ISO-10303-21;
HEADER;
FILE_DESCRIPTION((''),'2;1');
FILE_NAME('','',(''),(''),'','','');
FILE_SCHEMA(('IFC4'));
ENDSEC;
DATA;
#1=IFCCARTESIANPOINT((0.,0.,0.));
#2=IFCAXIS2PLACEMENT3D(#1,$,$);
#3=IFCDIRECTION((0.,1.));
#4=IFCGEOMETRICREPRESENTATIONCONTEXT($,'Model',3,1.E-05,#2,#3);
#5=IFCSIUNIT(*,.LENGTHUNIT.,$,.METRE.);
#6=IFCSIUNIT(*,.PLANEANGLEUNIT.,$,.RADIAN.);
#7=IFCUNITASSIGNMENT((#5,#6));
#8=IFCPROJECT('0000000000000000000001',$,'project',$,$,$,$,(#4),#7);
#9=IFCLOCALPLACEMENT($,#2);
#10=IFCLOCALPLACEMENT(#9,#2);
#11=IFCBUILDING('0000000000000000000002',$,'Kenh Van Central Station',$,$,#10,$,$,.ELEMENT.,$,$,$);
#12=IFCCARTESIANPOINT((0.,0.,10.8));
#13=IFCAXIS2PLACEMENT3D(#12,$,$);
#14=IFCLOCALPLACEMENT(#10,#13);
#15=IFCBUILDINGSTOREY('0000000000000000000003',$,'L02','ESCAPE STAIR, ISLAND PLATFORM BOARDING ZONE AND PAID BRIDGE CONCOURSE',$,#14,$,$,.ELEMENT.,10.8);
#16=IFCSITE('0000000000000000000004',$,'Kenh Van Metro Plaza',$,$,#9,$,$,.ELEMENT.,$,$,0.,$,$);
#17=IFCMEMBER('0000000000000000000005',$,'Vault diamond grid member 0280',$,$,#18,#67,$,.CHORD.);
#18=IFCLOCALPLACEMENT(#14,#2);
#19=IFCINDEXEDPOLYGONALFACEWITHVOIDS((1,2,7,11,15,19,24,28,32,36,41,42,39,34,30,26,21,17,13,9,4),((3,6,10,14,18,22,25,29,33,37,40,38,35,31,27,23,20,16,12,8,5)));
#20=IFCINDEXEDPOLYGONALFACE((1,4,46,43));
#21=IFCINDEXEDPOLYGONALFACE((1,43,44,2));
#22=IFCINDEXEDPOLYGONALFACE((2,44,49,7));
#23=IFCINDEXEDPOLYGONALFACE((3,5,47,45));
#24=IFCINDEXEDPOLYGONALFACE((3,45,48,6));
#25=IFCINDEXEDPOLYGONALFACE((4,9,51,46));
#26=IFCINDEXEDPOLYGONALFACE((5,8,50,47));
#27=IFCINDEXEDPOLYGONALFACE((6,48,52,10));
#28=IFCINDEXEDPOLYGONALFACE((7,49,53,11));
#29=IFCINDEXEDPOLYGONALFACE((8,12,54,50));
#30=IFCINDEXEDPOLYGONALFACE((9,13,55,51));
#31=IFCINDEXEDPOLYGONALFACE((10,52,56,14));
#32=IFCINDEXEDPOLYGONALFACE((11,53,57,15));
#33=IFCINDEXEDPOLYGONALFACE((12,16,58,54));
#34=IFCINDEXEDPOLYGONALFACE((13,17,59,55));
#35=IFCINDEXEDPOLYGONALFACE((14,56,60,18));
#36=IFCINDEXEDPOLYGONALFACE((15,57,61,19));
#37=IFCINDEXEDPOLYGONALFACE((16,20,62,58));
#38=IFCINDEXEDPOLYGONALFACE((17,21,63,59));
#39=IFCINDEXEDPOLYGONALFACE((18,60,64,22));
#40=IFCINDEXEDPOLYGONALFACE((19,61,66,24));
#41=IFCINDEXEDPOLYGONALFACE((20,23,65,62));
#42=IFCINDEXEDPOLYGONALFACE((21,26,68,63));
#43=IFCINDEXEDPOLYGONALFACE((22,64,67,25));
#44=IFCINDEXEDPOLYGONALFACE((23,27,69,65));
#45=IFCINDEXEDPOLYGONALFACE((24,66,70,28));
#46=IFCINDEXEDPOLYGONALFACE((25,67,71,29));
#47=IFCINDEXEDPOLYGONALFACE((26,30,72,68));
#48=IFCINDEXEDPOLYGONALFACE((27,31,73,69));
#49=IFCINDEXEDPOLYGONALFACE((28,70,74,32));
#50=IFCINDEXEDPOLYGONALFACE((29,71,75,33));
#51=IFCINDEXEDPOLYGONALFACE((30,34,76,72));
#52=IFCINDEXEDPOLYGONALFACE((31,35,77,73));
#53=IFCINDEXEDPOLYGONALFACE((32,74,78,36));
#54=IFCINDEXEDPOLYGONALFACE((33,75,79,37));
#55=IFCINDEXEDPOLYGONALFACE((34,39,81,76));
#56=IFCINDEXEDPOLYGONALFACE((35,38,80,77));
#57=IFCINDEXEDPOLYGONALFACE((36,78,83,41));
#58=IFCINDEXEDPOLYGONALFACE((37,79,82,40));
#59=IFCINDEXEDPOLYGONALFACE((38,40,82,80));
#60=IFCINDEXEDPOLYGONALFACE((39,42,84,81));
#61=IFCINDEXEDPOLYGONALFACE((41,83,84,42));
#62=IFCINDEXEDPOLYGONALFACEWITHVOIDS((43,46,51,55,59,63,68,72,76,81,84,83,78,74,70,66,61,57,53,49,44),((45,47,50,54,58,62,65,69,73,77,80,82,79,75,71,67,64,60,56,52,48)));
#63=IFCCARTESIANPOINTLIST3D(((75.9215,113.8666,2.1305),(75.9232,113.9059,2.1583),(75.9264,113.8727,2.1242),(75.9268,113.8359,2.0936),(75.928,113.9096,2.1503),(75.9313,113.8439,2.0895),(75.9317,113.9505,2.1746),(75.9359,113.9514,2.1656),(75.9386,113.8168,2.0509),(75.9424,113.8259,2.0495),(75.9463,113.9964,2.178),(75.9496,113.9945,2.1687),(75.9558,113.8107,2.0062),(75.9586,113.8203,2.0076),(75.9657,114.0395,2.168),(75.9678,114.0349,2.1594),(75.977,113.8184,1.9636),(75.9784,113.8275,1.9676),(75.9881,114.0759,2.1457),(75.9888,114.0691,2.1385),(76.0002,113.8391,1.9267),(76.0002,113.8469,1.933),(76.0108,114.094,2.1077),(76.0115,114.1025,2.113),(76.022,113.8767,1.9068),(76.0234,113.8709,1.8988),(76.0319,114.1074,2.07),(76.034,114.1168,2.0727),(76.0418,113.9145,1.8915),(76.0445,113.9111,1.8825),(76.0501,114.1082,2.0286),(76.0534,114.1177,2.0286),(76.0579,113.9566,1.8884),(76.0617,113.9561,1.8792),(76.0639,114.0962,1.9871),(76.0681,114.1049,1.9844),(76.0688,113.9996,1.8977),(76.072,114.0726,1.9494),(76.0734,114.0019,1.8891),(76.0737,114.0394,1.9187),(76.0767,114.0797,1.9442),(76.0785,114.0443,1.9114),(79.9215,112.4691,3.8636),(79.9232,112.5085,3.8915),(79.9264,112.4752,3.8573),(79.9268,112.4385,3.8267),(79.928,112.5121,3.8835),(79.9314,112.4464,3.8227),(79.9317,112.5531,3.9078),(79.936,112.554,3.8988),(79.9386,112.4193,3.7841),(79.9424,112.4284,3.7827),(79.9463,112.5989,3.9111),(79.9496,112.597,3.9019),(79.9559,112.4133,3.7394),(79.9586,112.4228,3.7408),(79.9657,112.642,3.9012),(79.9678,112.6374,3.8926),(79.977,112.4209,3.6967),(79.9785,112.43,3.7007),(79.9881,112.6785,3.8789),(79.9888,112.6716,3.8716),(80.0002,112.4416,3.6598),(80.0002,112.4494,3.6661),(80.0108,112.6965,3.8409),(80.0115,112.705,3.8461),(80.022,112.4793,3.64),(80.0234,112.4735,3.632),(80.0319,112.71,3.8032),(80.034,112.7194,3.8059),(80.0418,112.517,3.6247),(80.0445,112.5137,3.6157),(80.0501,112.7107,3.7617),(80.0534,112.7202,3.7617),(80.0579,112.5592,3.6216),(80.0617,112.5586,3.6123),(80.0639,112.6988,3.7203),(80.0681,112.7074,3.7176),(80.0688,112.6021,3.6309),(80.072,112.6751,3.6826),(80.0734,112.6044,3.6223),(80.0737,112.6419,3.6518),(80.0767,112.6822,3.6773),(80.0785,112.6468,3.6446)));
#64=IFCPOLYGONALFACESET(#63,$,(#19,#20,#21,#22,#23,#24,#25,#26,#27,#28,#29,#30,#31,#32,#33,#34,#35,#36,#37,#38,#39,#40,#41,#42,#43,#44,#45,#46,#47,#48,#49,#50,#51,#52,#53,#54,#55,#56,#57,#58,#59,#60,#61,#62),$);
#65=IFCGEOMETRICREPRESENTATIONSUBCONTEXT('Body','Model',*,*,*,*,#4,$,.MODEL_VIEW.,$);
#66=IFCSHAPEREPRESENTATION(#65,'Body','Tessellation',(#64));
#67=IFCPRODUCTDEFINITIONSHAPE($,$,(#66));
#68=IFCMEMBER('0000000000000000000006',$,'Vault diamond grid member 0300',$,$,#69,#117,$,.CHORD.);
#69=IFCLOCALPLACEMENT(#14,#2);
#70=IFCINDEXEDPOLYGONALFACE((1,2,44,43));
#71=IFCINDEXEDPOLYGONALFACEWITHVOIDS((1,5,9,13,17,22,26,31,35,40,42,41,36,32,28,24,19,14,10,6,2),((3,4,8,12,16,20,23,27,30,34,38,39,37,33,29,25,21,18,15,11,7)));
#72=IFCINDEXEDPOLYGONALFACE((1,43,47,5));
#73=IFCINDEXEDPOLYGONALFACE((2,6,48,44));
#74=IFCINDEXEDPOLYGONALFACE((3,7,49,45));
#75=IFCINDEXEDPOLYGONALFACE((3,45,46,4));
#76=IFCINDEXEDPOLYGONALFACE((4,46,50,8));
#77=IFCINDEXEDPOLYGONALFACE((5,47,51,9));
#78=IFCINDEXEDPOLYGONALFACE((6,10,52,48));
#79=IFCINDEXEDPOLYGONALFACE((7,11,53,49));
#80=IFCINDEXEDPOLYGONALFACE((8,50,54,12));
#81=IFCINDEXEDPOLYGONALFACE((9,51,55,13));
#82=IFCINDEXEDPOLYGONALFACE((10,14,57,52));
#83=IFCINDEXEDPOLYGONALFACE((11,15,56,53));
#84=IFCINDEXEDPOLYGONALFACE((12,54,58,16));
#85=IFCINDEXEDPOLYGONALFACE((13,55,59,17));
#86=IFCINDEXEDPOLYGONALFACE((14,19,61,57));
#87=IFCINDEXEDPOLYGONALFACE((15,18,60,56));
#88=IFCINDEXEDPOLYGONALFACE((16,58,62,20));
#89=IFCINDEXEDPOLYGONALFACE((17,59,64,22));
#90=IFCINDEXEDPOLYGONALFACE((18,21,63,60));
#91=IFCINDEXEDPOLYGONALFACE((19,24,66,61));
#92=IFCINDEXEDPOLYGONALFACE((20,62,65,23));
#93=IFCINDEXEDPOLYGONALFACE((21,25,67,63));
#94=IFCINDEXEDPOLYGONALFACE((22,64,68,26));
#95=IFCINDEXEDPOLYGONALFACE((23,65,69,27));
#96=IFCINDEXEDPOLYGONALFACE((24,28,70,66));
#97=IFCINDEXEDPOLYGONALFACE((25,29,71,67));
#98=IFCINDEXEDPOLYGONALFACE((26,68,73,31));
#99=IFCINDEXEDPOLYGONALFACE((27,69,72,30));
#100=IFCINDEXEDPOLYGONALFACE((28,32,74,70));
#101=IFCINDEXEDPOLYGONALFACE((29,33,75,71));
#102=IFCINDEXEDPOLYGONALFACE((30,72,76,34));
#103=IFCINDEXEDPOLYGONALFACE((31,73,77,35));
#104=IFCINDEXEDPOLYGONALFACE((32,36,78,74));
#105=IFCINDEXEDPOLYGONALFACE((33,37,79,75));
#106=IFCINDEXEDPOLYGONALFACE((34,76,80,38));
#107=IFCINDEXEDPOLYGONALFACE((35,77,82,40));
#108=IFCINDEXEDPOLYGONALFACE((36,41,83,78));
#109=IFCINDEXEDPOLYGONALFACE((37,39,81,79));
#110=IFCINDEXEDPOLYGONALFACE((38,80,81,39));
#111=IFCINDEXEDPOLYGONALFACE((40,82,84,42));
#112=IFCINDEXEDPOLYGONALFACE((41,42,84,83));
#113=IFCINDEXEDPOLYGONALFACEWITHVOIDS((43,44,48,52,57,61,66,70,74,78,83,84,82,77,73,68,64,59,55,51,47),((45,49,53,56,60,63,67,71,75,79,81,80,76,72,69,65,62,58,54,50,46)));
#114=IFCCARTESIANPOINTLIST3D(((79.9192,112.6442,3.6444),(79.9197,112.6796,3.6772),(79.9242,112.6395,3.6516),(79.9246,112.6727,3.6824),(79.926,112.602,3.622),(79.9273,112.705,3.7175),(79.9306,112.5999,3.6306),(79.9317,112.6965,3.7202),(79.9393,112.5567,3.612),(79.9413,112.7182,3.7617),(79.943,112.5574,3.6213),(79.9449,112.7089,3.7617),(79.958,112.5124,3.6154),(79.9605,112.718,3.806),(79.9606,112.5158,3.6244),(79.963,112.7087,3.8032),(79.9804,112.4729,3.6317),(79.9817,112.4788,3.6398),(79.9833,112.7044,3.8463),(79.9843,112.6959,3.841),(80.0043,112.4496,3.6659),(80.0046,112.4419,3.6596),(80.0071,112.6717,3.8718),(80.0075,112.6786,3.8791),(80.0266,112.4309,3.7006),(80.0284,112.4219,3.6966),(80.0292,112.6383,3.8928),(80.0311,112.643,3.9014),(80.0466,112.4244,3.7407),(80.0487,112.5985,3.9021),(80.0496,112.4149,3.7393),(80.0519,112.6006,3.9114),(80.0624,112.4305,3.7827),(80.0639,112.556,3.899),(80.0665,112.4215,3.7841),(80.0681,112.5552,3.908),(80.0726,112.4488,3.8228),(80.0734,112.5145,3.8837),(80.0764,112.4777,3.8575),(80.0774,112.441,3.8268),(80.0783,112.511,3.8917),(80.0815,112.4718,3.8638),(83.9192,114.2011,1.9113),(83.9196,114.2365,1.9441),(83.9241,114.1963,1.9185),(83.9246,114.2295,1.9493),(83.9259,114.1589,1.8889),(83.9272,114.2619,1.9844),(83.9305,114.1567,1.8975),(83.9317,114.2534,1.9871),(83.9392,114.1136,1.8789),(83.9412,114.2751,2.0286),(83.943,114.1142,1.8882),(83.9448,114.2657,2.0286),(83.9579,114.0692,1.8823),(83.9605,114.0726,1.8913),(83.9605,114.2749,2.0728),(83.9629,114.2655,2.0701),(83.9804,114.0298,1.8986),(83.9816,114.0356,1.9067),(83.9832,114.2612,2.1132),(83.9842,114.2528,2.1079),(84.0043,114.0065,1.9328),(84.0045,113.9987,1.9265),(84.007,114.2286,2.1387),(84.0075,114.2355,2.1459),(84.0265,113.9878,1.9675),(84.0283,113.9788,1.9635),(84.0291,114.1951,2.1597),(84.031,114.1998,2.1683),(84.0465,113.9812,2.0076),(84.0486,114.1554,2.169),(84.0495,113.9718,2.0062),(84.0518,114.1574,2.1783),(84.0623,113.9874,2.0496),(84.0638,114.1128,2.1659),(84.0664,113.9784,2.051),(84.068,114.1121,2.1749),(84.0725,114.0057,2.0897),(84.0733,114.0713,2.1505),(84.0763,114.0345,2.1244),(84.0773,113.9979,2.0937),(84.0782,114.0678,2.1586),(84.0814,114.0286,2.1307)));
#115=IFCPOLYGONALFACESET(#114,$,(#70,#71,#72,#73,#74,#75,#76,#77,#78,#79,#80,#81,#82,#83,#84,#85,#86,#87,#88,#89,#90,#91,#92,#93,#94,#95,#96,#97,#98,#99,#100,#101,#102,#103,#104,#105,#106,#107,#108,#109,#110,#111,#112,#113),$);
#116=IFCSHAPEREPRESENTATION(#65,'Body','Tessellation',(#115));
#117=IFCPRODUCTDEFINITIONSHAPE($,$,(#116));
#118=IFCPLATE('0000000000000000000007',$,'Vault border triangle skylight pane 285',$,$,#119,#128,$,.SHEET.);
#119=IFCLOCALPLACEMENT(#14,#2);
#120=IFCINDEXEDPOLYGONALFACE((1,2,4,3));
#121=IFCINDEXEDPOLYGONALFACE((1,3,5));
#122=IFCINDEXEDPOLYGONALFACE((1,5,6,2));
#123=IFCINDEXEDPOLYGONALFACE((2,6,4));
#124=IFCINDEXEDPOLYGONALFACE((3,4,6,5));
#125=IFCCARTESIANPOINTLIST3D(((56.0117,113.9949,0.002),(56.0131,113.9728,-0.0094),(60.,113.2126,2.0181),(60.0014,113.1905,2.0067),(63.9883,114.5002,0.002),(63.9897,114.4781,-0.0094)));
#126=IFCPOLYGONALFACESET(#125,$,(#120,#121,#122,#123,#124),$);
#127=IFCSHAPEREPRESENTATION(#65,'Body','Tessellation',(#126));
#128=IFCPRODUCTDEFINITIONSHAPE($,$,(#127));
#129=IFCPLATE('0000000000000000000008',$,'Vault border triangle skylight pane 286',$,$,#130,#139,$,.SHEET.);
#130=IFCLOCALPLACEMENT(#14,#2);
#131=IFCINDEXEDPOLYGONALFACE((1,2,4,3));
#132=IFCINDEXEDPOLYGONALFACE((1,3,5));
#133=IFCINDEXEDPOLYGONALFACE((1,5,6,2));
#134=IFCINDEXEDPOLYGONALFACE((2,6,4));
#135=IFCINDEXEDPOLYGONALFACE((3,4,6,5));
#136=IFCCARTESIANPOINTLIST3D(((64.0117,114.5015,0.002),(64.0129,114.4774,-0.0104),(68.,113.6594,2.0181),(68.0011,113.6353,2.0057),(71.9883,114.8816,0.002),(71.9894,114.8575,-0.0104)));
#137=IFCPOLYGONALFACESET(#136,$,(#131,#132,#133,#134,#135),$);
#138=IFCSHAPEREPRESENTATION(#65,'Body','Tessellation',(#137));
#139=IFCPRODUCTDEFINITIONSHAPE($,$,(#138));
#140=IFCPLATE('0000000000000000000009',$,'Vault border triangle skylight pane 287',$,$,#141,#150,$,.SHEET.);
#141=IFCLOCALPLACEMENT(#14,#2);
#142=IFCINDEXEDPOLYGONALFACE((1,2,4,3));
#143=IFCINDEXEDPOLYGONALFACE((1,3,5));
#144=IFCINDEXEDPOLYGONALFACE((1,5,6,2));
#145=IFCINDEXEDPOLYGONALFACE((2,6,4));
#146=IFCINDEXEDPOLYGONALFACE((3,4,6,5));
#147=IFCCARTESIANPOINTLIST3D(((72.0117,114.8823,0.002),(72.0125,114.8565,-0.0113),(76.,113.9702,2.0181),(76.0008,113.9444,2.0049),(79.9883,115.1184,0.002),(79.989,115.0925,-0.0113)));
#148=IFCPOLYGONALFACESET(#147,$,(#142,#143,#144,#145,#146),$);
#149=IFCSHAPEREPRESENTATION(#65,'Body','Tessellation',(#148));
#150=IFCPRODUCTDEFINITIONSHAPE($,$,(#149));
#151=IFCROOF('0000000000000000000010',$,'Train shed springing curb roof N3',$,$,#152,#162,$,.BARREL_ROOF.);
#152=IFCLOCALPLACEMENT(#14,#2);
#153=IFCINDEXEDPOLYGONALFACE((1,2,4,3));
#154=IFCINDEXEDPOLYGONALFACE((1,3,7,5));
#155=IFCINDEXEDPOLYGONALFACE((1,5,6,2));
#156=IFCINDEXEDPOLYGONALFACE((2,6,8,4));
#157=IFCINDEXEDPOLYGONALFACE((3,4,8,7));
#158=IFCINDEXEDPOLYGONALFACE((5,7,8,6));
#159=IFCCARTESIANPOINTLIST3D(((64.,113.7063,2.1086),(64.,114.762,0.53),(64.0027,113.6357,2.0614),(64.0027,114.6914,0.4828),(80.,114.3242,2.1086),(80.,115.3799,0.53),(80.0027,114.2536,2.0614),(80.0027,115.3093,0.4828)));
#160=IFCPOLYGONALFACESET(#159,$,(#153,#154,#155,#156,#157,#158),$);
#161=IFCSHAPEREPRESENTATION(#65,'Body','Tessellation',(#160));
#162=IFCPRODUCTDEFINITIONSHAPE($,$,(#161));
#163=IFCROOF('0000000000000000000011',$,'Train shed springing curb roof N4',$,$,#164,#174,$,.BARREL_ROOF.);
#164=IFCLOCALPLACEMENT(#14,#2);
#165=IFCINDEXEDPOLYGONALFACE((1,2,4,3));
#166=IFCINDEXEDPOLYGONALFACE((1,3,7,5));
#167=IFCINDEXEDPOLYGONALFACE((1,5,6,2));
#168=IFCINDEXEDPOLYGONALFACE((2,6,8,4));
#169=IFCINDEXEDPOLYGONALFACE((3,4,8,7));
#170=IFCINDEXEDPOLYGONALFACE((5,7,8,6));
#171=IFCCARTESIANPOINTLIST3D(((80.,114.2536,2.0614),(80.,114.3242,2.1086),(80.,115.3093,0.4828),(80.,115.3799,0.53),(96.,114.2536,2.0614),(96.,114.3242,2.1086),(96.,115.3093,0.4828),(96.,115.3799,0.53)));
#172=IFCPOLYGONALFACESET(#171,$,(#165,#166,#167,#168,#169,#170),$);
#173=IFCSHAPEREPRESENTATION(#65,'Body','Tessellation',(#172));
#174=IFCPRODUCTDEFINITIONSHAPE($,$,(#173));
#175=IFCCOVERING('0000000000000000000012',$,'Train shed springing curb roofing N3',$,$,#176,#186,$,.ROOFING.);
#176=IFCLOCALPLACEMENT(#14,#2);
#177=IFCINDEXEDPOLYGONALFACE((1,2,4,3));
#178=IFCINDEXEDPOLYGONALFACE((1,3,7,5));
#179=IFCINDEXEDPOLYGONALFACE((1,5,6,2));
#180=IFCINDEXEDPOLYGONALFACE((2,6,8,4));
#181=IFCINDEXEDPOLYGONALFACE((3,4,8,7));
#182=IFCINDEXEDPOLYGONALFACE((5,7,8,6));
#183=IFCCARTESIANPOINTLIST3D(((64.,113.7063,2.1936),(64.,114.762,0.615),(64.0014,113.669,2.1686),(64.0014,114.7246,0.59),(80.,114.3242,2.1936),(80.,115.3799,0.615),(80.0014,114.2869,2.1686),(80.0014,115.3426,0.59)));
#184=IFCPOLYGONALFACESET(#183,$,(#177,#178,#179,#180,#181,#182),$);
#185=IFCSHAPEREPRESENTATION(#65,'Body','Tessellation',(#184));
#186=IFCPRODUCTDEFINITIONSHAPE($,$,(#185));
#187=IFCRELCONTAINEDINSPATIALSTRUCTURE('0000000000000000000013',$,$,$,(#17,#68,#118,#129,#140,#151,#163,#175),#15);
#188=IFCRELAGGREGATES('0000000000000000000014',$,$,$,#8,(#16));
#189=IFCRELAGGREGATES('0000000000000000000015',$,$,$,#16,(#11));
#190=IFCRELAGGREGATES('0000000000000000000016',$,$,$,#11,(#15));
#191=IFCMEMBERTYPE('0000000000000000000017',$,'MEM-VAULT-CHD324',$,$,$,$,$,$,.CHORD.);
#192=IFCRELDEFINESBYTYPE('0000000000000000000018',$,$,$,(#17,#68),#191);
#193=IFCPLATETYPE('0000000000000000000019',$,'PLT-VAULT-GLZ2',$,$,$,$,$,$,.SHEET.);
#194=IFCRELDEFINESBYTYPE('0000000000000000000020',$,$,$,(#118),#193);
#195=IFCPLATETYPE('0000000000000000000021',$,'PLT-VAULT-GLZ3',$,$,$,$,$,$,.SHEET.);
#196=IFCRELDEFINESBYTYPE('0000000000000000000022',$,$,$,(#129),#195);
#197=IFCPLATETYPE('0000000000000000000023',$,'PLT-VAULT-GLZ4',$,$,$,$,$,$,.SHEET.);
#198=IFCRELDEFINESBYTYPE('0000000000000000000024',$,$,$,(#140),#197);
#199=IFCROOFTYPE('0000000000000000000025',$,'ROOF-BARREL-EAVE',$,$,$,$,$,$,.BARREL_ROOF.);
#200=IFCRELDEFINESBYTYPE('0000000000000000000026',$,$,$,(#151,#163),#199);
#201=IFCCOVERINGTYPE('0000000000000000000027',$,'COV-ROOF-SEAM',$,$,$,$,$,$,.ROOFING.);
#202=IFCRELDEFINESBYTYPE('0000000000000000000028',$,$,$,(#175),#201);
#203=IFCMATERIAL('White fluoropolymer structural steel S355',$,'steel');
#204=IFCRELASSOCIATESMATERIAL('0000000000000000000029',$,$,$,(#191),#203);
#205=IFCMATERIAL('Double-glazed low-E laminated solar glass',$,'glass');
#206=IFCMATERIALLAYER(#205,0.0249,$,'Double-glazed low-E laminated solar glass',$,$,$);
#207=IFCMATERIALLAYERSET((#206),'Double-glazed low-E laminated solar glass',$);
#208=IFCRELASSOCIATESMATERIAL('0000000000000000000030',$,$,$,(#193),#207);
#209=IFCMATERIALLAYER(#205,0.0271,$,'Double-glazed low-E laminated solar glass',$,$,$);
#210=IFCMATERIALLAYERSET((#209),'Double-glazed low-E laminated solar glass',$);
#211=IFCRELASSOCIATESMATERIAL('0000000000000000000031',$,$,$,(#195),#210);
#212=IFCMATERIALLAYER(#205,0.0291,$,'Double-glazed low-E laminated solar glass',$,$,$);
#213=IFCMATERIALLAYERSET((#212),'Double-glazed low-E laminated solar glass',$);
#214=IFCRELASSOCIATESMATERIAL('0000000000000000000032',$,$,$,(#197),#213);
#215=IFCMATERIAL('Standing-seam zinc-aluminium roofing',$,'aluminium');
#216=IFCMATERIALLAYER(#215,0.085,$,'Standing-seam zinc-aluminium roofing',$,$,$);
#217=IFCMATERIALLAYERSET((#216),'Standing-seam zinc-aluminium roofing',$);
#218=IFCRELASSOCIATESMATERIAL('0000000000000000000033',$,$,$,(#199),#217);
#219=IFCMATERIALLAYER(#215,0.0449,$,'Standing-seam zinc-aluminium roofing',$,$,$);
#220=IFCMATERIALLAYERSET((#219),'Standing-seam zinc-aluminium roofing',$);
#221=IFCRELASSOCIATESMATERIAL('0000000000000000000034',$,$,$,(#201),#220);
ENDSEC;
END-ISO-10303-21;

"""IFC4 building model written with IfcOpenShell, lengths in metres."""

from ifc_helpers import new_model, si_unit, direction, frame, origin, origin_2d, place, context, subcontext, project, spatial, polyline, hollow_circle, outline, extrude, material, layer, layer_set, material_profile, profile_set, type_object, element, save


model = new_model("IFC4")

# Units and contexts
model_context = context("Model", 3, precision=1e-05, world=origin(), true_north=direction((0.0, 1.0)))
body_context = subcontext(model_context, "Body", "Model", "MODEL_VIEW")
ifc_project = project(units=[si_unit("LENGTHUNIT", "METRE"), si_unit("PLANEANGLEUNIT", "RADIAN")], contexts=[model_context])

# Site, building, storey
site_placement = place(None, origin())
site = spatial("IfcSite", under=ifc_project, at=site_placement, Name="Kenh Van Metro Plaza", CompositionType="ELEMENT", RefElevation=0.0)
building_placement = place(site_placement, origin())
building = spatial("IfcBuilding", under=site, at=building_placement, Name="Kenh Van Central Station", CompositionType="ELEMENT")
storey_placement = place(building_placement, frame((0.0, 0.0, 10.8)))
storey = spatial("IfcBuildingStorey", under=building, at=storey_placement, Name="L02", Description="ESCAPE STAIR, ISLAND PLATFORM BOARDING ZONE AND PAID BRIDGE CONCOURSE", CompositionType="ELEMENT", Elevation=10.8)

# Shared definitions
ifc_material_1 = material(Name="White fluoropolymer structural steel S355", Category="steel")

# Members
ifc_material_profile_1 = material_profile(ifc_material_1, hollow_circle(Radius=0.1619, WallThickness=0.01, at=origin_2d()), Name="CHS 323.9x10")
ifc_profile_set_1 = profile_set([ifc_material_profile_1], Name="White fluoropolymer structural steel S355")
member_type_1 = type_object("IfcMemberType", Name="MEM-VAULT-CHD324", PredefinedType="CHORD", material=ifc_profile_set_1)
member_1_placement = place(storey_placement, frame((76.0, 113.9648, 2.0286), z_axis=(0.873772, -0.305266, 0.378596), x_axis=(0.329817, 0.944045, 0.0)))
element("IfcMember", 1, at=member_1_placement, inside=storey, type_object=member_type_1, Name="Vault diamond grid member 0280", PredefinedType="CHORD", context=body_context, shape_type="SweptSolid", body=[
    extrude(hollow_circle(Radius=0.1619, WallThickness=0.01, at=origin_2d()), origin(), (0.0, 0.0, 1.0), 4.5779),
])
member_2_placement = place(storey_placement, frame((80.0, 112.5674, 3.7617), z_axis=(0.864116, 0.336332, -0.374412), x_axis=(-0.362715, 0.9319, 0.0)))
element("IfcMember", 2, at=member_2_placement, inside=storey, type_object=member_type_1, Name="Vault diamond grid member 0300", PredefinedType="CHORD", context=body_context, shape_type="SweptSolid", body=[
    extrude(hollow_circle(Radius=0.1619, WallThickness=0.01, at=origin_2d()), origin(), (0.0, 0.0, 1.0), 4.6289),
])

# Plates
ifc_material_2 = material(Name="Double-glazed low-E laminated solar glass", Category="glass")
ifc_layer_1 = layer(ifc_material_2, 0.0249, Name="Double-glazed low-E laminated solar glass")
ifc_layer_set_1 = layer_set([ifc_layer_1], Name="Double-glazed low-E laminated solar glass")
plate_type_1 = type_object("IfcPlateType", Name="PLT-VAULT-GLZ2", PredefinedType="SHEET", material=ifc_layer_set_1)
plate_1_placement = place(storey_placement, frame((56.0117, 113.9949, 0.002), z_axis=(-0.056275, 0.888227, 0.455945), x_axis=(0.879087, -0.172416, 0.444386)))
element("IfcPlate", 3, at=plate_1_placement, inside=storey, type_object=plate_type_1, Name="Vault border triangle skylight pane 285", PredefinedType="SHEET", context=body_context, shape_type="SweptSolid", body=[
    extrude(outline(polyline([(0.0, 0.0), (4.5368, 0.0), (6.925, 3.9907), (0.0, 0.0)])), origin(), (0.0, 0.0, -1.0), 0.0249),
])
ifc_layer_2 = layer(ifc_material_2, 0.0271, Name="Double-glazed low-E laminated solar glass")
ifc_layer_set_2 = layer_set([ifc_layer_2], Name="Double-glazed low-E laminated solar glass")
plate_type_2 = type_object("IfcPlateType", Name="PLT-VAULT-GLZ3", PredefinedType="SHEET", material=ifc_layer_set_2)
plate_2_placement = place(storey_placement, frame((64.0117, 114.5015, 0.002), z_axis=(-0.042382, 0.88934, 0.455278), x_axis=(0.877019, -0.185164, 0.443341)))
element("IfcPlate", 4, at=plate_2_placement, inside=storey, type_object=plate_type_2, Name="Vault border triangle skylight pane 286", PredefinedType="SHEET", context=body_context, shape_type="SweptSolid", body=[
    extrude(outline(polyline([(0.0, 0.0), (4.5475, 0.0), (6.9252, 3.9764), (0.0, 0.0)])), origin(), (0.0, 0.0, -1.0), 0.0271),
])
ifc_layer_3 = layer(ifc_material_2, 0.0291, Name="Double-glazed low-E laminated solar glass")
ifc_layer_set_3 = layer_set([ifc_layer_3], Name="Double-glazed low-E laminated solar glass")
plate_type_3 = type_object("IfcPlateType", Name="PLT-VAULT-GLZ4", PredefinedType="SHEET", material=ifc_layer_set_3)
plate_3_placement = place(storey_placement, frame((72.0117, 114.8823, 0.002), z_axis=(-0.026347, 0.89018, 0.454846), x_axis=(0.874425, -0.199979, 0.44203)))
element("IfcPlate", 5, at=plate_3_placement, inside=storey, type_object=plate_type_3, Name="Vault border triangle skylight pane 287", PredefinedType="SHEET", context=body_context, shape_type="SweptSolid", body=[
    extrude(outline(polyline([(0.0, 0.0), (4.561, 0.0), (6.9277, 3.9609), (0.0, 0.0)])), origin(), (0.0, 0.0, -1.0), 0.0291),
])

# Roofs
ifc_material_3 = material(Name="Standing-seam zinc-aluminium roofing", Category="aluminium")
ifc_layer_4 = layer(ifc_material_3, 0.085, Name="Standing-seam zinc-aluminium roofing")
ifc_layer_set_4 = layer_set([ifc_layer_4], Name="Standing-seam zinc-aluminium roofing")
roof_type = type_object("IfcRoofType", Name="ROOF-BARREL-EAVE", PredefinedType="BARREL_ROOF", material=ifc_layer_set_4)
roof_1_placement = place(storey_placement, frame((64.0, 113.7063, 2.1086), z_axis=(-0.032087, 0.83083, 0.5556), x_axis=(0.999255, 0.038591, 0.0)))
element("IfcRoof", 6, at=roof_1_placement, inside=storey, type_object=roof_type, Name="Train shed springing curb roof N3", PredefinedType="BARREL_ROOF", context=body_context, shape_type="SweptSolid", body=[
    extrude(outline(polyline([(0.0, 0.0), (16.0119, 0.0), (16.0527, 1.8986), (0.0407, 1.8986), (0.0, 0.0)])), origin(), (0.0, 0.0, -1.0), 0.085),
])
roof_2_placement = place(storey_placement, frame((80.0, 114.3242, 2.1086), z_axis=(0.0, 0.831258, 0.555886), x_axis=(1.0, 0.0, 0.0)))
element("IfcRoof", 7, at=roof_2_placement, inside=storey, type_object=roof_type, Name="Train shed springing curb roof N4", PredefinedType="BARREL_ROOF", context=body_context, shape_type="SweptSolid", body=[
    extrude(outline(polyline([(0.0, 0.0), (16.0, 0.0), (16.0, 1.8991), (0.0, 1.8991), (0.0, 0.0)])), origin(), (0.0, 0.0, -1.0), 0.085),
])

# Covering
ifc_layer_5 = layer(ifc_material_3, 0.0449, Name="Standing-seam zinc-aluminium roofing")
ifc_layer_set_5 = layer_set([ifc_layer_5], Name="Standing-seam zinc-aluminium roofing")
covering_type = type_object("IfcCoveringType", Name="COV-ROOF-SEAM", PredefinedType="ROOFING", material=ifc_layer_set_5)
covering_placement = place(storey_placement, frame((64.0, 113.7063, 2.1936), z_axis=(-0.032087, 0.83083, 0.5556), x_axis=(0.999255, 0.038591, 0.0)))
element("IfcCovering", 8, at=covering_placement, inside=storey, type_object=covering_type, Name="Train shed springing curb roofing N3", PredefinedType="ROOFING", context=body_context, shape_type="SweptSolid", body=[
    extrude(outline(polyline([(0.0, 0.0), (16.0119, 0.0), (16.0527, 1.8986), (0.0407, 1.8986), (0.0, 0.0)])), origin(), (0.0, 0.0, -1.0), 0.0449),
])

save(model, "model.ifc")
